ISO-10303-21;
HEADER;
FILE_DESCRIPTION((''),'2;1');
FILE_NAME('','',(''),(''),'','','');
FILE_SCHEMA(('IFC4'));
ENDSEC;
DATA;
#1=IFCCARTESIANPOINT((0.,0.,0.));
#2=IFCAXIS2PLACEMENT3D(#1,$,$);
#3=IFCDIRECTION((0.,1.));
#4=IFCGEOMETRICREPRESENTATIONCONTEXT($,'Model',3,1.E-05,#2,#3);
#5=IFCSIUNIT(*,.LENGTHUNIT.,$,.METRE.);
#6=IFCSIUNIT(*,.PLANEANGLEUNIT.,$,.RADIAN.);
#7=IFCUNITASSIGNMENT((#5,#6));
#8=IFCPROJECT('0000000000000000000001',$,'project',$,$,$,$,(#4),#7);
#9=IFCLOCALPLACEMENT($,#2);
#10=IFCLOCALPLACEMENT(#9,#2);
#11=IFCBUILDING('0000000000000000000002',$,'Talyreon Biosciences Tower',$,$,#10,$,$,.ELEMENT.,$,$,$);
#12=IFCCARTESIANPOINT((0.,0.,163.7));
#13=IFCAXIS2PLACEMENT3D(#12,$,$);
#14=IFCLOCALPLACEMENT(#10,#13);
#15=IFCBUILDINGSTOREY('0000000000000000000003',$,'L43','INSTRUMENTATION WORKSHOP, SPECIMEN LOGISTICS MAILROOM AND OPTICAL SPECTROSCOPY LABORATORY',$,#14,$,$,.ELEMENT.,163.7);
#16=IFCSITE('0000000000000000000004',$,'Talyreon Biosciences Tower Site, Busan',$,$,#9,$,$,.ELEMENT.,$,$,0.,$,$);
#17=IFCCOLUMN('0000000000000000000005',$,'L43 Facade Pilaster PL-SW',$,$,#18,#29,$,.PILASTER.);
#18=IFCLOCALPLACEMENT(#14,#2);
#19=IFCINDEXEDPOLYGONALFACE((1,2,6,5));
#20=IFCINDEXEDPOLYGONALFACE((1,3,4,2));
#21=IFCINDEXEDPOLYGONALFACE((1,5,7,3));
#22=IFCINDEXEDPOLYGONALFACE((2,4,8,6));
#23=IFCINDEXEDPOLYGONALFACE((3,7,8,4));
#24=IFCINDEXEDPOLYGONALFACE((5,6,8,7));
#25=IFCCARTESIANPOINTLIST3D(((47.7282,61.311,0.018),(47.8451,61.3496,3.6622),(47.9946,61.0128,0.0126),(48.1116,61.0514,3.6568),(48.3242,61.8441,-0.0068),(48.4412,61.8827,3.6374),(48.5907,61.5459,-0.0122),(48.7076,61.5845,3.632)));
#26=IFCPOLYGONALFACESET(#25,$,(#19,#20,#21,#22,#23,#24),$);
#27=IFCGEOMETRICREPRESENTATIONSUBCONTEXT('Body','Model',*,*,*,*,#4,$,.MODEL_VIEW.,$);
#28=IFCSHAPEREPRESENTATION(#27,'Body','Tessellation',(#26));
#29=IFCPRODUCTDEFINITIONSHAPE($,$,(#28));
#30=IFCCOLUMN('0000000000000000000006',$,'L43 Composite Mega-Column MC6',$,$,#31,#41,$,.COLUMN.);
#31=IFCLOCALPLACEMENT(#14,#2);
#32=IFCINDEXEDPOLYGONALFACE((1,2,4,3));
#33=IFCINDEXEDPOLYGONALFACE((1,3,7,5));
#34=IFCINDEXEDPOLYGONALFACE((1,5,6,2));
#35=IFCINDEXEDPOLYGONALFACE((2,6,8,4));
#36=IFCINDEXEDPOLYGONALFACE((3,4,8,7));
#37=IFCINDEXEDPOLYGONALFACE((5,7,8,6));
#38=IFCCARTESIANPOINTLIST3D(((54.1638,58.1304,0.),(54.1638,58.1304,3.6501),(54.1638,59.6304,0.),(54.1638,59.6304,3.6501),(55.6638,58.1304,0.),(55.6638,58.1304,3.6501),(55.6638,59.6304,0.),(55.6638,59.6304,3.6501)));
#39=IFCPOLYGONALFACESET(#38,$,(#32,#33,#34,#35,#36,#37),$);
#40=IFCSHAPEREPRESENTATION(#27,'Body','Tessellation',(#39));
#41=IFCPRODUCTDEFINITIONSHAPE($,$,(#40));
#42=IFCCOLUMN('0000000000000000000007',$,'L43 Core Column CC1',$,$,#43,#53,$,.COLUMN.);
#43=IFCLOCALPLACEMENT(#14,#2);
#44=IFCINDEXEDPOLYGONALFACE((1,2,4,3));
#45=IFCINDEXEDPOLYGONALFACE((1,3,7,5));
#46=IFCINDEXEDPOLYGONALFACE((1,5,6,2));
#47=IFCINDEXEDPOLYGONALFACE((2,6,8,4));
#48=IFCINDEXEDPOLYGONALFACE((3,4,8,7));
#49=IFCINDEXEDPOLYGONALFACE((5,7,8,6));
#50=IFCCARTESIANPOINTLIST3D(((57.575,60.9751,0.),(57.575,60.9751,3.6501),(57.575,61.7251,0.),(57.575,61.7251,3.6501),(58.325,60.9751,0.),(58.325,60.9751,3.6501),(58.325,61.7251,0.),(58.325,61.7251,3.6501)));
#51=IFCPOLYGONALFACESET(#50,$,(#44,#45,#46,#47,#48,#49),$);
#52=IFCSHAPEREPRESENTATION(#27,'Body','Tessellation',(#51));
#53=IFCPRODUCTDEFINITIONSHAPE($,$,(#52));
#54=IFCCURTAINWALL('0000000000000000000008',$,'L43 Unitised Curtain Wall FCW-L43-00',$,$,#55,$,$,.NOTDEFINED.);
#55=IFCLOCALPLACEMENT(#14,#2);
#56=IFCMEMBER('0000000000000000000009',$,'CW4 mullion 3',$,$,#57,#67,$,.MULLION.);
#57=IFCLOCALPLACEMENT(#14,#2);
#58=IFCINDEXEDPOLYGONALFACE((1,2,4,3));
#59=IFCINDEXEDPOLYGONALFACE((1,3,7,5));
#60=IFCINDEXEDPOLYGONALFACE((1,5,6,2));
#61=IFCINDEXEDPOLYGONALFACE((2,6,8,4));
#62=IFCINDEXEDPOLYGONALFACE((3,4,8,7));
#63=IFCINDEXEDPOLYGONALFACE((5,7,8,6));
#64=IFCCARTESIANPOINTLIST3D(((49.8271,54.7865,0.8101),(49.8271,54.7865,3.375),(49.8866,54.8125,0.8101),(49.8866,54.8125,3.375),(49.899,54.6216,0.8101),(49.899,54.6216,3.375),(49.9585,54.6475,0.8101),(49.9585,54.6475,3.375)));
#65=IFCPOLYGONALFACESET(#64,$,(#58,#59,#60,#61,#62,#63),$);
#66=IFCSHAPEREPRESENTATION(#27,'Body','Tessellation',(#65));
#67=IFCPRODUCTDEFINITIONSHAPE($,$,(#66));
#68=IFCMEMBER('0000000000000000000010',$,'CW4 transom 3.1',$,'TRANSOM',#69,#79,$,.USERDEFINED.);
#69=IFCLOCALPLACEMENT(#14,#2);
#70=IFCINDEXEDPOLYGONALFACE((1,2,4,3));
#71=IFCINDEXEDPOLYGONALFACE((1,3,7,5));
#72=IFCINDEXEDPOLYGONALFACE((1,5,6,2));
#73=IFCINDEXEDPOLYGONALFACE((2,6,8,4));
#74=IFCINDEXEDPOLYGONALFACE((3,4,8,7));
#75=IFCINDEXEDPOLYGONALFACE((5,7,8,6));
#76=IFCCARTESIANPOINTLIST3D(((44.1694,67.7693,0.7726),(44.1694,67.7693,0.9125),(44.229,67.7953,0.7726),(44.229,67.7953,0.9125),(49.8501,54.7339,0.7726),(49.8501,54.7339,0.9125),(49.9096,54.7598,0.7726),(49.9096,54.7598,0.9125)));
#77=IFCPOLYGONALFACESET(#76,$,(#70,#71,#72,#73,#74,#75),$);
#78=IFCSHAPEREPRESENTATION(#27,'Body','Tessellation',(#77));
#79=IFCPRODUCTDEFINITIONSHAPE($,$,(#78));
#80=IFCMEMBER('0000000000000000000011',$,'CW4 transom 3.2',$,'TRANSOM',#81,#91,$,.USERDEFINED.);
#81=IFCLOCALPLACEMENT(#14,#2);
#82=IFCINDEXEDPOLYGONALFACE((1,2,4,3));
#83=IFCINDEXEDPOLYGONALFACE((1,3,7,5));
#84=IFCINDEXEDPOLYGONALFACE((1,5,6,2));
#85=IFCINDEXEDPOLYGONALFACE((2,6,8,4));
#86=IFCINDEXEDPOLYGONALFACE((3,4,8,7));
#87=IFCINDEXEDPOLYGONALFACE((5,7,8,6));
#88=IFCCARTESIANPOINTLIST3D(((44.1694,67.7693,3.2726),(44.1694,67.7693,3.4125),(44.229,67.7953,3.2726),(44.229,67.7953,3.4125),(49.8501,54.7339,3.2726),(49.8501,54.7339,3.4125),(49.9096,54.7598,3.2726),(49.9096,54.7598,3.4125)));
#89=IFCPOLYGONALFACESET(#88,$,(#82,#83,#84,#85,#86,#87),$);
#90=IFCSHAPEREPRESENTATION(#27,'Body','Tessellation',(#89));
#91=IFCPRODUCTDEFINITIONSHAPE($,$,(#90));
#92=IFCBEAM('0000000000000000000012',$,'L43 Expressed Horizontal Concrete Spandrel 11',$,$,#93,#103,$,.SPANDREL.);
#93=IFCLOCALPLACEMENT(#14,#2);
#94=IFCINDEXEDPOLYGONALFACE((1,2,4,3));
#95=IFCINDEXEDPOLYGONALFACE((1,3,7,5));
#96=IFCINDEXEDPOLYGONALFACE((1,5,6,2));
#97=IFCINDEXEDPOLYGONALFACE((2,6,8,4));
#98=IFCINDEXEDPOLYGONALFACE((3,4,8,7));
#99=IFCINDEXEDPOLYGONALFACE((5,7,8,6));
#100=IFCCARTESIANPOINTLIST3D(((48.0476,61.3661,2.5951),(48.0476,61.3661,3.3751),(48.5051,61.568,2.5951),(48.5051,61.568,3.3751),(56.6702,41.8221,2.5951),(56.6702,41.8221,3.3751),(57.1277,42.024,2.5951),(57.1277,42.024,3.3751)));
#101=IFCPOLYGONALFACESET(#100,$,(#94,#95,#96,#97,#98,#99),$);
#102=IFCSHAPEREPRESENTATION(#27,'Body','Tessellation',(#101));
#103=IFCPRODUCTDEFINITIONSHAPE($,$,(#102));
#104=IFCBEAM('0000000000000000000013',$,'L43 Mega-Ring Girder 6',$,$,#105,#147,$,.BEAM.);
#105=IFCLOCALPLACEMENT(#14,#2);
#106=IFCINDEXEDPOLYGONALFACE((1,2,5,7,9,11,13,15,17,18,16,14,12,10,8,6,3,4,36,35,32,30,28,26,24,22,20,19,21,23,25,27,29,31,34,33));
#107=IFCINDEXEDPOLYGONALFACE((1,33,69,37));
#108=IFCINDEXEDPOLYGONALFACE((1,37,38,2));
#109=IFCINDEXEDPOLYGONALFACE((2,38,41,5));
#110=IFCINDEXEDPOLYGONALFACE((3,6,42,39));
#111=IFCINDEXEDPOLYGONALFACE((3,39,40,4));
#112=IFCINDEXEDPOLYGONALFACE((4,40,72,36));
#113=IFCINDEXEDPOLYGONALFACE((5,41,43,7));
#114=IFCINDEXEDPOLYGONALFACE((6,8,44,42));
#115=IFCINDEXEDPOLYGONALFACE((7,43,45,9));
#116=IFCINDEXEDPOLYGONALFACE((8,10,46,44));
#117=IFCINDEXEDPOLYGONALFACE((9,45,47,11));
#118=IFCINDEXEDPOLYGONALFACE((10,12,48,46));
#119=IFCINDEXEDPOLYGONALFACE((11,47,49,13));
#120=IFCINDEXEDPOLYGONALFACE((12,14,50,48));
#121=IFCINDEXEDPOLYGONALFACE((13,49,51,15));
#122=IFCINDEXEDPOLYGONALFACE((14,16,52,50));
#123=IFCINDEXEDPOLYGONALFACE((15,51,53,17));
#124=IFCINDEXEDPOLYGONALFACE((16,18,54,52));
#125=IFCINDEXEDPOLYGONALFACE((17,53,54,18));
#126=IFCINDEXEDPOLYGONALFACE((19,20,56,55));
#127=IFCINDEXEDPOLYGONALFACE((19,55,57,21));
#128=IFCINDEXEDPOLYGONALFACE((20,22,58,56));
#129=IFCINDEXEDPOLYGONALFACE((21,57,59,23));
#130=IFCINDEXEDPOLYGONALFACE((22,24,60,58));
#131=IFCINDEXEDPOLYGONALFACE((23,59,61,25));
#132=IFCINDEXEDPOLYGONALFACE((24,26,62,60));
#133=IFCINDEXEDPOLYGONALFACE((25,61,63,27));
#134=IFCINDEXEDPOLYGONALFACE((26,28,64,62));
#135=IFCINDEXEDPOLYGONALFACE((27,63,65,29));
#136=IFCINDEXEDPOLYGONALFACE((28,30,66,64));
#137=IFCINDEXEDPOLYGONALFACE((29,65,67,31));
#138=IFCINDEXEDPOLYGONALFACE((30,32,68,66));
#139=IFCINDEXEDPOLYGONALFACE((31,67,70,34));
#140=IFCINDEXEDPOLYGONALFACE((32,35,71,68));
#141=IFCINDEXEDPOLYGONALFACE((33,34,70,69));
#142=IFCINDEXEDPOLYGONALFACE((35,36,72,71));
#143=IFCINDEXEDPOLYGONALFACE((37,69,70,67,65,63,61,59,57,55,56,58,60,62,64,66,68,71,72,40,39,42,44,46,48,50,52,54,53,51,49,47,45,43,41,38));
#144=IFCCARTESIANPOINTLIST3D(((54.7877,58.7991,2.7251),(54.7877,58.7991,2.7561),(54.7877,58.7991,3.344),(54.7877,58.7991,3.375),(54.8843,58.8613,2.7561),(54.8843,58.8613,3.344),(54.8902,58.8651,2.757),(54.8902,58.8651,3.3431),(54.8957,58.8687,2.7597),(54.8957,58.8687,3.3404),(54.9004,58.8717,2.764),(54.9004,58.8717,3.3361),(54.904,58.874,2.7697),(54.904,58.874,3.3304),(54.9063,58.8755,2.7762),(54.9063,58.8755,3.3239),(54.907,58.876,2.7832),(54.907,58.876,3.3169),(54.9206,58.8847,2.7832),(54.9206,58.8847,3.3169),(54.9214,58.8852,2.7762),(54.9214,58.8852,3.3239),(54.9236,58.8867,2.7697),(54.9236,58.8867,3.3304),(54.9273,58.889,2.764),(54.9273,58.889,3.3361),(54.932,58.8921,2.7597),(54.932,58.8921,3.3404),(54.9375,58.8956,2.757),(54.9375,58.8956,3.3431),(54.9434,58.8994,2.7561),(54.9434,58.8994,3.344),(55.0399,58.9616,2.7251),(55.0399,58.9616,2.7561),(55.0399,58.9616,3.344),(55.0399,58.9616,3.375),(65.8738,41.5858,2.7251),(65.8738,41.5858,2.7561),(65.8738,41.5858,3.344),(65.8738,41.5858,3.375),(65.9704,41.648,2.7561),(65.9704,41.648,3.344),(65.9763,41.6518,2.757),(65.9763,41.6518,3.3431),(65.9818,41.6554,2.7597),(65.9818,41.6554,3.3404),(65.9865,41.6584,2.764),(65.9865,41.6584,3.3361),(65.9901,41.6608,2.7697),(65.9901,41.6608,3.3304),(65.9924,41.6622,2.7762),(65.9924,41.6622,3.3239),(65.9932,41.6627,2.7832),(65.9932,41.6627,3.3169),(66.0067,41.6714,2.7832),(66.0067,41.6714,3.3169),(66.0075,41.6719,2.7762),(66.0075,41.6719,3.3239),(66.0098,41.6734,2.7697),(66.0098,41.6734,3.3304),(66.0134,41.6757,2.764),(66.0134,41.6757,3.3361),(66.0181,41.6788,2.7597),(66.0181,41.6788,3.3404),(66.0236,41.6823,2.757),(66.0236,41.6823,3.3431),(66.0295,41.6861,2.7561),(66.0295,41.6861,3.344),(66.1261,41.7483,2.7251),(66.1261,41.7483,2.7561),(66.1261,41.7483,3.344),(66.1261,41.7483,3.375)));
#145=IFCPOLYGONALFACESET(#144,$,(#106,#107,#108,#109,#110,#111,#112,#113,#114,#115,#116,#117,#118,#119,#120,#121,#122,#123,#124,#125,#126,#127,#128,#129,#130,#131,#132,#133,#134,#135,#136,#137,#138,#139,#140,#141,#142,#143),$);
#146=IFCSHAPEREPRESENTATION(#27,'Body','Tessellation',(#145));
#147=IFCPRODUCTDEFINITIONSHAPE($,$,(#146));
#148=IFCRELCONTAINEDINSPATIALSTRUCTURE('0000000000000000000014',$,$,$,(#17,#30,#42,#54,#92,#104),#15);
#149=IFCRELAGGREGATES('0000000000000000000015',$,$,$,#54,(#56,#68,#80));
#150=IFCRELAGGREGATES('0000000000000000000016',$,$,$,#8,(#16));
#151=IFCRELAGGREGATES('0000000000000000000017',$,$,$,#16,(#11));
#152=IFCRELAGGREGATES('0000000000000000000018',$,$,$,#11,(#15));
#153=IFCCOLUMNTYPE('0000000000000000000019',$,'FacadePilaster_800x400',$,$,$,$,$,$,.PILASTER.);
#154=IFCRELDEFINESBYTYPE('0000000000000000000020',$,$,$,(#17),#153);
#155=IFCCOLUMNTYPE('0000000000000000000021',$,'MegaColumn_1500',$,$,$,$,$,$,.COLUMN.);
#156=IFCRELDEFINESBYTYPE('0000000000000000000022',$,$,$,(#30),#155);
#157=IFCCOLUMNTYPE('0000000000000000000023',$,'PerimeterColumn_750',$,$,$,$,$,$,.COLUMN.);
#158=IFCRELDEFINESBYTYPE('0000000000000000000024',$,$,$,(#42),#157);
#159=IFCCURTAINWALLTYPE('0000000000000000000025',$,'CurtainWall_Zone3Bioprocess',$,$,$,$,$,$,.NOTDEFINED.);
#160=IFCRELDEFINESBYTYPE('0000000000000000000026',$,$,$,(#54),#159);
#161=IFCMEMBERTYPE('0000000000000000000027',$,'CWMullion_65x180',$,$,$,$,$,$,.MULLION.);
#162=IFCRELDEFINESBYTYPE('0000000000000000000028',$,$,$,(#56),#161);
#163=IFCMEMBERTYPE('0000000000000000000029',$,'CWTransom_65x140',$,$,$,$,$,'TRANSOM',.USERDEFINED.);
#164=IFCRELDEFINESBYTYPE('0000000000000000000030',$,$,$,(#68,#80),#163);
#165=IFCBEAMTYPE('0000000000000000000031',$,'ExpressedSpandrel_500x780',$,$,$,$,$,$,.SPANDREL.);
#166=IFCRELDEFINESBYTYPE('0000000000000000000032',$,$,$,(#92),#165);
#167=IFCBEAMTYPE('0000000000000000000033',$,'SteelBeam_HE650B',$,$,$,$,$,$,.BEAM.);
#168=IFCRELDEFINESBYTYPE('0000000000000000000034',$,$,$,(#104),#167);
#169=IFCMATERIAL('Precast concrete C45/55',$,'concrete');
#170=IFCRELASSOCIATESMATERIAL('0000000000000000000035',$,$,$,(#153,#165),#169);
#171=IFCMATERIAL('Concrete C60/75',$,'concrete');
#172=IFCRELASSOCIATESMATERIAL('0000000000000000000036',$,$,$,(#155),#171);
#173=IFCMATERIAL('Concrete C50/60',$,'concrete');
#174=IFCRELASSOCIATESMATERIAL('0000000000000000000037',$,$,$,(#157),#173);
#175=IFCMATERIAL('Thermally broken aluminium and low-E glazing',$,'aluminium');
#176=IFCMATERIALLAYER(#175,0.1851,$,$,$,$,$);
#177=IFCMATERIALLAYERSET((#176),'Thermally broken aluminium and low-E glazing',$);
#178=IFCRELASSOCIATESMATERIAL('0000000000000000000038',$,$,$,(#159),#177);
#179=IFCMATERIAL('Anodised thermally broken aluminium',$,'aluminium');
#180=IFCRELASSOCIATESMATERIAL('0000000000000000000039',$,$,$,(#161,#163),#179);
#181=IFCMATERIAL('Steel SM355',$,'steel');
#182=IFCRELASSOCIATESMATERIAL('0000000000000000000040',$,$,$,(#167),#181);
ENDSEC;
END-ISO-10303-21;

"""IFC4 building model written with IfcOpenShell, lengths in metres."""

from ifc_helpers import new_model, si_unit, direction, frame, origin, origin_2d, place, context, subcontext, project, spatial, rectangle, i_section, extrude, material, layer, layer_set, material_profile, profile_set, type_object, element, aggregate, save


model = new_model("IFC4")

# Units and contexts
model_context = context("Model", 3, precision=1e-05, world=origin(), true_north=direction((0.0, 1.0)))
body_context = subcontext(model_context, "Body", "Model", "MODEL_VIEW")
ifc_project = project(units=[si_unit("LENGTHUNIT", "METRE"), si_unit("PLANEANGLEUNIT", "RADIAN")], contexts=[model_context])

# Site, building, storey
site_placement = place(None, origin())
site = spatial("IfcSite", under=ifc_project, at=site_placement, Name="Talyreon Biosciences Tower Site, Busan", CompositionType="ELEMENT", RefElevation=0.0)
building_placement = place(site_placement, origin())
building = spatial("IfcBuilding", under=site, at=building_placement, Name="Talyreon Biosciences Tower", CompositionType="ELEMENT")
storey_placement = place(building_placement, frame((0.0, 0.0, 163.7)))
storey = spatial("IfcBuildingStorey", under=building, at=storey_placement, Name="L43", Description="INSTRUMENTATION WORKSHOP, SPECIMEN LOGISTICS MAILROOM AND OPTICAL SPECTROSCOPY LABORATORY", CompositionType="ELEMENT", Elevation=163.7)

# Columns
ifc_material_1 = material(Name="Precast concrete C45/55", Category="concrete")
ifc_material_profile_1 = material_profile(ifc_material_1, rectangle(XDim=0.8, YDim=0.3999, at=origin_2d()), Name="RC 800x400")
ifc_profile_set_1 = profile_set([ifc_material_profile_1], Name="Precast concrete C45/55")
column_type_1 = type_object("IfcColumnType", Name="FacadePilaster_800x400", PredefinedType="PILASTER", material=ifc_profile_set_1)
column_1_placement = place(storey_placement, frame((48.1594, 61.4285, 0.0029), z_axis=(0.032073, 0.01058, 0.99943), x_axis=(0.744999, 0.666347, -0.030962)))
element("IfcColumn", 1, at=column_1_placement, inside=storey, type_object=column_type_1, Name="L43 Facade Pilaster PL-SW", PredefinedType="PILASTER", context=body_context, shape_type="SweptSolid", body=[
    extrude(rectangle(XDim=0.8, YDim=0.3999, at=origin_2d()), origin(), (0.0, 0.0, 1.0), 3.6462),
])
ifc_material_2 = material(Name="Concrete C60/75", Category="concrete")
ifc_material_profile_2 = material_profile(ifc_material_2, rectangle(XDim=1.5, YDim=1.5, at=origin_2d()), Name="RC 1500x1500")
ifc_profile_set_2 = profile_set([ifc_material_profile_2], Name="Concrete C60/75")
column_type_2 = type_object("IfcColumnType", Name="MegaColumn_1500", PredefinedType="COLUMN", material=ifc_profile_set_2)
column_2_placement = place(storey_placement, frame((54.9138, 58.8804, 0.0), z_axis=(0.0, 0.0, 1.0), x_axis=(1.0, 0.0, 0.0)))
element("IfcColumn", 2, at=column_2_placement, inside=storey, type_object=column_type_2, Name="L43 Composite Mega-Column MC6", PredefinedType="COLUMN", context=body_context, shape_type="SweptSolid", body=[
    extrude(rectangle(XDim=1.5, YDim=1.5, at=origin_2d()), origin(), (0.0, 0.0, 1.0), 3.6501),
])
ifc_material_3 = material(Name="Concrete C50/60", Category="concrete")
ifc_material_profile_3 = material_profile(ifc_material_3, rectangle(XDim=0.75, YDim=0.75, at=origin_2d()), Name="RC 750x750")
ifc_profile_set_3 = profile_set([ifc_material_profile_3], Name="Concrete C50/60")
column_type_3 = type_object("IfcColumnType", Name="PerimeterColumn_750", PredefinedType="COLUMN", material=ifc_profile_set_3)
column_3_placement = place(storey_placement, frame((57.95, 61.3501, 0.0), z_axis=(0.0, 0.0, 1.0), x_axis=(1.0, 0.0, 0.0)))
element("IfcColumn", 3, at=column_3_placement, inside=storey, type_object=column_type_3, Name="L43 Core Column CC1", PredefinedType="COLUMN", context=body_context, shape_type="SweptSolid", body=[
    extrude(rectangle(XDim=0.75, YDim=0.75, at=origin_2d()), origin(), (0.0, 0.0, 1.0), 3.6501),
])

# Curtain wall, members
ifc_material_4 = material(Name="Thermally broken aluminium and low-E glazing", Category="aluminium")
ifc_layer_1 = layer(ifc_material_4, 0.1851)
ifc_layer_set_1 = layer_set([ifc_layer_1], Name="Thermally broken aluminium and low-E glazing")
curtain_wall_type = type_object("IfcCurtainWallType", Name="CurtainWall_Zone3Bioprocess", PredefinedType="NOTDEFINED", material=ifc_layer_set_1)
curtain_wall_placement = place(storey_placement, origin())
curtain_wall = element("IfcCurtainWall", 4, at=curtain_wall_placement, inside=storey, type_object=curtain_wall_type, Name="L43 Unitised Curtain Wall FCW-L43-00", PredefinedType="NOTDEFINED")
ifc_material_5 = material(Name="Anodised thermally broken aluminium", Category="aluminium")
ifc_material_profile_4 = material_profile(ifc_material_5, rectangle(XDim=0.0649, YDim=0.1799, at=origin_2d()), Name="ALUM MULLION 65x180")
ifc_profile_set_4 = profile_set([ifc_material_profile_4], Name="Anodised thermally broken aluminium")
member_type_1 = type_object("IfcMemberType", Name="CWMullion_65x180", PredefinedType="MULLION", material=ifc_profile_set_4)
member_1_placement = place(storey_placement, frame((49.8928, 54.717, 0.8101), z_axis=(0.0, 0.0, 1.0), x_axis=(-0.916731, -0.399505, 0.0)))
member_1 = element("IfcMember", 5, at=member_1_placement, type_object=member_type_1, Name="CW4 mullion 3", PredefinedType="MULLION", context=body_context, shape_type="SweptSolid", body=[
    extrude(rectangle(XDim=0.0649, YDim=0.1799, at=origin_2d()), origin(), (0.0, 0.0, 1.0), 2.5649),
])
ifc_material_profile_5 = material_profile(ifc_material_5, rectangle(XDim=0.0649, YDim=0.1399, at=origin_2d()), Name="ALUM TRANSOM 65x140")
ifc_profile_set_5 = profile_set([ifc_material_profile_5], Name="Anodised thermally broken aluminium")
member_type_2 = type_object("IfcMemberType", Name="CWTransom_65x140", ElementType="TRANSOM", PredefinedType="USERDEFINED", material=ifc_profile_set_5)
member_2_placement = place(storey_placement, frame((49.8799, 54.7468, 0.8425), z_axis=(-0.399501, 0.916733, 0.0), x_axis=(-0.916733, -0.399501, 0.0)))
member_2 = element("IfcMember", 6, at=member_2_placement, type_object=member_type_2, Name="CW4 transom 3.1", ObjectType="TRANSOM", PredefinedType="USERDEFINED", context=body_context, shape_type="SweptSolid", body=[
    extrude(rectangle(XDim=0.0649, YDim=0.1399, at=origin_2d()), origin(), (0.0, 0.0, 1.0), 14.2195),
])
member_3_placement = place(storey_placement, frame((49.8799, 54.7468, 3.3425), z_axis=(-0.399501, 0.916733, 0.0), x_axis=(-0.916733, -0.399501, 0.0)))
member_3 = element("IfcMember", 7, at=member_3_placement, type_object=member_type_2, Name="CW4 transom 3.2", ObjectType="TRANSOM", PredefinedType="USERDEFINED", context=body_context, shape_type="SweptSolid", body=[
    extrude(rectangle(XDim=0.0649, YDim=0.1399, at=origin_2d()), origin(), (0.0, 0.0, 1.0), 14.2195),
])

# Beams
ifc_material_profile_6 = material_profile(ifc_material_1, rectangle(XDim=0.5, YDim=0.78, at=origin_2d()), Name="RCB 500x780")
ifc_profile_set_6 = profile_set([ifc_material_profile_6], Name="Precast concrete C45/55")
beam_type_1 = type_object("IfcBeamType", Name="ExpressedSpandrel_500x780", PredefinedType="SPANDREL", material=ifc_profile_set_6)
beam_1_placement = place(storey_placement, frame((48.2764, 61.467, 2.9851), z_axis=(0.403649, -0.914914, 0.0), x_axis=(0.914914, 0.403649, 0.0)))
element("IfcBeam", 8, at=beam_1_placement, inside=storey, type_object=beam_type_1, Name="L43 Expressed Horizontal Concrete Spandrel 11", PredefinedType="SPANDREL", context=body_context, shape_type="SweptSolid", body=[
    extrude(rectangle(XDim=0.5, YDim=0.78, at=origin_2d()), origin(), (0.0, 0.0, 1.0), 21.3616),
])
ifc_material_6 = material(Name="Steel SM355", Category="steel")
ifc_material_profile_7 = material_profile(ifc_material_6, i_section(OverallWidth=0.3, OverallDepth=0.6499, WebThickness=0.0161, FlangeThickness=0.031, FilletRadius=0.0271, at=origin_2d()), Name="HE650B")
ifc_profile_set_7 = profile_set([ifc_material_profile_7], Name="Steel SM355")
beam_type_2 = type_object("IfcBeamType", Name="SteelBeam_HE650B", PredefinedType="BEAM", material=ifc_profile_set_7)
beam_2_placement = place(storey_placement, frame((54.9138, 58.8804, 3.05), z_axis=(0.541464, -0.840724, 0.0), x_axis=(0.840724, 0.541464, 0.0)))
element("IfcBeam", 9, at=beam_2_placement, inside=storey, type_object=beam_type_2, Name="L43 Mega-Ring Girder 6", PredefinedType="BEAM", context=body_context, shape_type="SweptSolid", body=[
    extrude(i_section(OverallWidth=0.3, OverallDepth=0.6499, WebThickness=0.0161, FlangeThickness=0.031, FilletRadius=0.0271, at=origin_2d()), origin(), (0.0, 0.0, 1.0), 20.4744),
])

aggregate(curtain_wall, [member_1, member_2, member_3])

save(model, "model.ifc")
